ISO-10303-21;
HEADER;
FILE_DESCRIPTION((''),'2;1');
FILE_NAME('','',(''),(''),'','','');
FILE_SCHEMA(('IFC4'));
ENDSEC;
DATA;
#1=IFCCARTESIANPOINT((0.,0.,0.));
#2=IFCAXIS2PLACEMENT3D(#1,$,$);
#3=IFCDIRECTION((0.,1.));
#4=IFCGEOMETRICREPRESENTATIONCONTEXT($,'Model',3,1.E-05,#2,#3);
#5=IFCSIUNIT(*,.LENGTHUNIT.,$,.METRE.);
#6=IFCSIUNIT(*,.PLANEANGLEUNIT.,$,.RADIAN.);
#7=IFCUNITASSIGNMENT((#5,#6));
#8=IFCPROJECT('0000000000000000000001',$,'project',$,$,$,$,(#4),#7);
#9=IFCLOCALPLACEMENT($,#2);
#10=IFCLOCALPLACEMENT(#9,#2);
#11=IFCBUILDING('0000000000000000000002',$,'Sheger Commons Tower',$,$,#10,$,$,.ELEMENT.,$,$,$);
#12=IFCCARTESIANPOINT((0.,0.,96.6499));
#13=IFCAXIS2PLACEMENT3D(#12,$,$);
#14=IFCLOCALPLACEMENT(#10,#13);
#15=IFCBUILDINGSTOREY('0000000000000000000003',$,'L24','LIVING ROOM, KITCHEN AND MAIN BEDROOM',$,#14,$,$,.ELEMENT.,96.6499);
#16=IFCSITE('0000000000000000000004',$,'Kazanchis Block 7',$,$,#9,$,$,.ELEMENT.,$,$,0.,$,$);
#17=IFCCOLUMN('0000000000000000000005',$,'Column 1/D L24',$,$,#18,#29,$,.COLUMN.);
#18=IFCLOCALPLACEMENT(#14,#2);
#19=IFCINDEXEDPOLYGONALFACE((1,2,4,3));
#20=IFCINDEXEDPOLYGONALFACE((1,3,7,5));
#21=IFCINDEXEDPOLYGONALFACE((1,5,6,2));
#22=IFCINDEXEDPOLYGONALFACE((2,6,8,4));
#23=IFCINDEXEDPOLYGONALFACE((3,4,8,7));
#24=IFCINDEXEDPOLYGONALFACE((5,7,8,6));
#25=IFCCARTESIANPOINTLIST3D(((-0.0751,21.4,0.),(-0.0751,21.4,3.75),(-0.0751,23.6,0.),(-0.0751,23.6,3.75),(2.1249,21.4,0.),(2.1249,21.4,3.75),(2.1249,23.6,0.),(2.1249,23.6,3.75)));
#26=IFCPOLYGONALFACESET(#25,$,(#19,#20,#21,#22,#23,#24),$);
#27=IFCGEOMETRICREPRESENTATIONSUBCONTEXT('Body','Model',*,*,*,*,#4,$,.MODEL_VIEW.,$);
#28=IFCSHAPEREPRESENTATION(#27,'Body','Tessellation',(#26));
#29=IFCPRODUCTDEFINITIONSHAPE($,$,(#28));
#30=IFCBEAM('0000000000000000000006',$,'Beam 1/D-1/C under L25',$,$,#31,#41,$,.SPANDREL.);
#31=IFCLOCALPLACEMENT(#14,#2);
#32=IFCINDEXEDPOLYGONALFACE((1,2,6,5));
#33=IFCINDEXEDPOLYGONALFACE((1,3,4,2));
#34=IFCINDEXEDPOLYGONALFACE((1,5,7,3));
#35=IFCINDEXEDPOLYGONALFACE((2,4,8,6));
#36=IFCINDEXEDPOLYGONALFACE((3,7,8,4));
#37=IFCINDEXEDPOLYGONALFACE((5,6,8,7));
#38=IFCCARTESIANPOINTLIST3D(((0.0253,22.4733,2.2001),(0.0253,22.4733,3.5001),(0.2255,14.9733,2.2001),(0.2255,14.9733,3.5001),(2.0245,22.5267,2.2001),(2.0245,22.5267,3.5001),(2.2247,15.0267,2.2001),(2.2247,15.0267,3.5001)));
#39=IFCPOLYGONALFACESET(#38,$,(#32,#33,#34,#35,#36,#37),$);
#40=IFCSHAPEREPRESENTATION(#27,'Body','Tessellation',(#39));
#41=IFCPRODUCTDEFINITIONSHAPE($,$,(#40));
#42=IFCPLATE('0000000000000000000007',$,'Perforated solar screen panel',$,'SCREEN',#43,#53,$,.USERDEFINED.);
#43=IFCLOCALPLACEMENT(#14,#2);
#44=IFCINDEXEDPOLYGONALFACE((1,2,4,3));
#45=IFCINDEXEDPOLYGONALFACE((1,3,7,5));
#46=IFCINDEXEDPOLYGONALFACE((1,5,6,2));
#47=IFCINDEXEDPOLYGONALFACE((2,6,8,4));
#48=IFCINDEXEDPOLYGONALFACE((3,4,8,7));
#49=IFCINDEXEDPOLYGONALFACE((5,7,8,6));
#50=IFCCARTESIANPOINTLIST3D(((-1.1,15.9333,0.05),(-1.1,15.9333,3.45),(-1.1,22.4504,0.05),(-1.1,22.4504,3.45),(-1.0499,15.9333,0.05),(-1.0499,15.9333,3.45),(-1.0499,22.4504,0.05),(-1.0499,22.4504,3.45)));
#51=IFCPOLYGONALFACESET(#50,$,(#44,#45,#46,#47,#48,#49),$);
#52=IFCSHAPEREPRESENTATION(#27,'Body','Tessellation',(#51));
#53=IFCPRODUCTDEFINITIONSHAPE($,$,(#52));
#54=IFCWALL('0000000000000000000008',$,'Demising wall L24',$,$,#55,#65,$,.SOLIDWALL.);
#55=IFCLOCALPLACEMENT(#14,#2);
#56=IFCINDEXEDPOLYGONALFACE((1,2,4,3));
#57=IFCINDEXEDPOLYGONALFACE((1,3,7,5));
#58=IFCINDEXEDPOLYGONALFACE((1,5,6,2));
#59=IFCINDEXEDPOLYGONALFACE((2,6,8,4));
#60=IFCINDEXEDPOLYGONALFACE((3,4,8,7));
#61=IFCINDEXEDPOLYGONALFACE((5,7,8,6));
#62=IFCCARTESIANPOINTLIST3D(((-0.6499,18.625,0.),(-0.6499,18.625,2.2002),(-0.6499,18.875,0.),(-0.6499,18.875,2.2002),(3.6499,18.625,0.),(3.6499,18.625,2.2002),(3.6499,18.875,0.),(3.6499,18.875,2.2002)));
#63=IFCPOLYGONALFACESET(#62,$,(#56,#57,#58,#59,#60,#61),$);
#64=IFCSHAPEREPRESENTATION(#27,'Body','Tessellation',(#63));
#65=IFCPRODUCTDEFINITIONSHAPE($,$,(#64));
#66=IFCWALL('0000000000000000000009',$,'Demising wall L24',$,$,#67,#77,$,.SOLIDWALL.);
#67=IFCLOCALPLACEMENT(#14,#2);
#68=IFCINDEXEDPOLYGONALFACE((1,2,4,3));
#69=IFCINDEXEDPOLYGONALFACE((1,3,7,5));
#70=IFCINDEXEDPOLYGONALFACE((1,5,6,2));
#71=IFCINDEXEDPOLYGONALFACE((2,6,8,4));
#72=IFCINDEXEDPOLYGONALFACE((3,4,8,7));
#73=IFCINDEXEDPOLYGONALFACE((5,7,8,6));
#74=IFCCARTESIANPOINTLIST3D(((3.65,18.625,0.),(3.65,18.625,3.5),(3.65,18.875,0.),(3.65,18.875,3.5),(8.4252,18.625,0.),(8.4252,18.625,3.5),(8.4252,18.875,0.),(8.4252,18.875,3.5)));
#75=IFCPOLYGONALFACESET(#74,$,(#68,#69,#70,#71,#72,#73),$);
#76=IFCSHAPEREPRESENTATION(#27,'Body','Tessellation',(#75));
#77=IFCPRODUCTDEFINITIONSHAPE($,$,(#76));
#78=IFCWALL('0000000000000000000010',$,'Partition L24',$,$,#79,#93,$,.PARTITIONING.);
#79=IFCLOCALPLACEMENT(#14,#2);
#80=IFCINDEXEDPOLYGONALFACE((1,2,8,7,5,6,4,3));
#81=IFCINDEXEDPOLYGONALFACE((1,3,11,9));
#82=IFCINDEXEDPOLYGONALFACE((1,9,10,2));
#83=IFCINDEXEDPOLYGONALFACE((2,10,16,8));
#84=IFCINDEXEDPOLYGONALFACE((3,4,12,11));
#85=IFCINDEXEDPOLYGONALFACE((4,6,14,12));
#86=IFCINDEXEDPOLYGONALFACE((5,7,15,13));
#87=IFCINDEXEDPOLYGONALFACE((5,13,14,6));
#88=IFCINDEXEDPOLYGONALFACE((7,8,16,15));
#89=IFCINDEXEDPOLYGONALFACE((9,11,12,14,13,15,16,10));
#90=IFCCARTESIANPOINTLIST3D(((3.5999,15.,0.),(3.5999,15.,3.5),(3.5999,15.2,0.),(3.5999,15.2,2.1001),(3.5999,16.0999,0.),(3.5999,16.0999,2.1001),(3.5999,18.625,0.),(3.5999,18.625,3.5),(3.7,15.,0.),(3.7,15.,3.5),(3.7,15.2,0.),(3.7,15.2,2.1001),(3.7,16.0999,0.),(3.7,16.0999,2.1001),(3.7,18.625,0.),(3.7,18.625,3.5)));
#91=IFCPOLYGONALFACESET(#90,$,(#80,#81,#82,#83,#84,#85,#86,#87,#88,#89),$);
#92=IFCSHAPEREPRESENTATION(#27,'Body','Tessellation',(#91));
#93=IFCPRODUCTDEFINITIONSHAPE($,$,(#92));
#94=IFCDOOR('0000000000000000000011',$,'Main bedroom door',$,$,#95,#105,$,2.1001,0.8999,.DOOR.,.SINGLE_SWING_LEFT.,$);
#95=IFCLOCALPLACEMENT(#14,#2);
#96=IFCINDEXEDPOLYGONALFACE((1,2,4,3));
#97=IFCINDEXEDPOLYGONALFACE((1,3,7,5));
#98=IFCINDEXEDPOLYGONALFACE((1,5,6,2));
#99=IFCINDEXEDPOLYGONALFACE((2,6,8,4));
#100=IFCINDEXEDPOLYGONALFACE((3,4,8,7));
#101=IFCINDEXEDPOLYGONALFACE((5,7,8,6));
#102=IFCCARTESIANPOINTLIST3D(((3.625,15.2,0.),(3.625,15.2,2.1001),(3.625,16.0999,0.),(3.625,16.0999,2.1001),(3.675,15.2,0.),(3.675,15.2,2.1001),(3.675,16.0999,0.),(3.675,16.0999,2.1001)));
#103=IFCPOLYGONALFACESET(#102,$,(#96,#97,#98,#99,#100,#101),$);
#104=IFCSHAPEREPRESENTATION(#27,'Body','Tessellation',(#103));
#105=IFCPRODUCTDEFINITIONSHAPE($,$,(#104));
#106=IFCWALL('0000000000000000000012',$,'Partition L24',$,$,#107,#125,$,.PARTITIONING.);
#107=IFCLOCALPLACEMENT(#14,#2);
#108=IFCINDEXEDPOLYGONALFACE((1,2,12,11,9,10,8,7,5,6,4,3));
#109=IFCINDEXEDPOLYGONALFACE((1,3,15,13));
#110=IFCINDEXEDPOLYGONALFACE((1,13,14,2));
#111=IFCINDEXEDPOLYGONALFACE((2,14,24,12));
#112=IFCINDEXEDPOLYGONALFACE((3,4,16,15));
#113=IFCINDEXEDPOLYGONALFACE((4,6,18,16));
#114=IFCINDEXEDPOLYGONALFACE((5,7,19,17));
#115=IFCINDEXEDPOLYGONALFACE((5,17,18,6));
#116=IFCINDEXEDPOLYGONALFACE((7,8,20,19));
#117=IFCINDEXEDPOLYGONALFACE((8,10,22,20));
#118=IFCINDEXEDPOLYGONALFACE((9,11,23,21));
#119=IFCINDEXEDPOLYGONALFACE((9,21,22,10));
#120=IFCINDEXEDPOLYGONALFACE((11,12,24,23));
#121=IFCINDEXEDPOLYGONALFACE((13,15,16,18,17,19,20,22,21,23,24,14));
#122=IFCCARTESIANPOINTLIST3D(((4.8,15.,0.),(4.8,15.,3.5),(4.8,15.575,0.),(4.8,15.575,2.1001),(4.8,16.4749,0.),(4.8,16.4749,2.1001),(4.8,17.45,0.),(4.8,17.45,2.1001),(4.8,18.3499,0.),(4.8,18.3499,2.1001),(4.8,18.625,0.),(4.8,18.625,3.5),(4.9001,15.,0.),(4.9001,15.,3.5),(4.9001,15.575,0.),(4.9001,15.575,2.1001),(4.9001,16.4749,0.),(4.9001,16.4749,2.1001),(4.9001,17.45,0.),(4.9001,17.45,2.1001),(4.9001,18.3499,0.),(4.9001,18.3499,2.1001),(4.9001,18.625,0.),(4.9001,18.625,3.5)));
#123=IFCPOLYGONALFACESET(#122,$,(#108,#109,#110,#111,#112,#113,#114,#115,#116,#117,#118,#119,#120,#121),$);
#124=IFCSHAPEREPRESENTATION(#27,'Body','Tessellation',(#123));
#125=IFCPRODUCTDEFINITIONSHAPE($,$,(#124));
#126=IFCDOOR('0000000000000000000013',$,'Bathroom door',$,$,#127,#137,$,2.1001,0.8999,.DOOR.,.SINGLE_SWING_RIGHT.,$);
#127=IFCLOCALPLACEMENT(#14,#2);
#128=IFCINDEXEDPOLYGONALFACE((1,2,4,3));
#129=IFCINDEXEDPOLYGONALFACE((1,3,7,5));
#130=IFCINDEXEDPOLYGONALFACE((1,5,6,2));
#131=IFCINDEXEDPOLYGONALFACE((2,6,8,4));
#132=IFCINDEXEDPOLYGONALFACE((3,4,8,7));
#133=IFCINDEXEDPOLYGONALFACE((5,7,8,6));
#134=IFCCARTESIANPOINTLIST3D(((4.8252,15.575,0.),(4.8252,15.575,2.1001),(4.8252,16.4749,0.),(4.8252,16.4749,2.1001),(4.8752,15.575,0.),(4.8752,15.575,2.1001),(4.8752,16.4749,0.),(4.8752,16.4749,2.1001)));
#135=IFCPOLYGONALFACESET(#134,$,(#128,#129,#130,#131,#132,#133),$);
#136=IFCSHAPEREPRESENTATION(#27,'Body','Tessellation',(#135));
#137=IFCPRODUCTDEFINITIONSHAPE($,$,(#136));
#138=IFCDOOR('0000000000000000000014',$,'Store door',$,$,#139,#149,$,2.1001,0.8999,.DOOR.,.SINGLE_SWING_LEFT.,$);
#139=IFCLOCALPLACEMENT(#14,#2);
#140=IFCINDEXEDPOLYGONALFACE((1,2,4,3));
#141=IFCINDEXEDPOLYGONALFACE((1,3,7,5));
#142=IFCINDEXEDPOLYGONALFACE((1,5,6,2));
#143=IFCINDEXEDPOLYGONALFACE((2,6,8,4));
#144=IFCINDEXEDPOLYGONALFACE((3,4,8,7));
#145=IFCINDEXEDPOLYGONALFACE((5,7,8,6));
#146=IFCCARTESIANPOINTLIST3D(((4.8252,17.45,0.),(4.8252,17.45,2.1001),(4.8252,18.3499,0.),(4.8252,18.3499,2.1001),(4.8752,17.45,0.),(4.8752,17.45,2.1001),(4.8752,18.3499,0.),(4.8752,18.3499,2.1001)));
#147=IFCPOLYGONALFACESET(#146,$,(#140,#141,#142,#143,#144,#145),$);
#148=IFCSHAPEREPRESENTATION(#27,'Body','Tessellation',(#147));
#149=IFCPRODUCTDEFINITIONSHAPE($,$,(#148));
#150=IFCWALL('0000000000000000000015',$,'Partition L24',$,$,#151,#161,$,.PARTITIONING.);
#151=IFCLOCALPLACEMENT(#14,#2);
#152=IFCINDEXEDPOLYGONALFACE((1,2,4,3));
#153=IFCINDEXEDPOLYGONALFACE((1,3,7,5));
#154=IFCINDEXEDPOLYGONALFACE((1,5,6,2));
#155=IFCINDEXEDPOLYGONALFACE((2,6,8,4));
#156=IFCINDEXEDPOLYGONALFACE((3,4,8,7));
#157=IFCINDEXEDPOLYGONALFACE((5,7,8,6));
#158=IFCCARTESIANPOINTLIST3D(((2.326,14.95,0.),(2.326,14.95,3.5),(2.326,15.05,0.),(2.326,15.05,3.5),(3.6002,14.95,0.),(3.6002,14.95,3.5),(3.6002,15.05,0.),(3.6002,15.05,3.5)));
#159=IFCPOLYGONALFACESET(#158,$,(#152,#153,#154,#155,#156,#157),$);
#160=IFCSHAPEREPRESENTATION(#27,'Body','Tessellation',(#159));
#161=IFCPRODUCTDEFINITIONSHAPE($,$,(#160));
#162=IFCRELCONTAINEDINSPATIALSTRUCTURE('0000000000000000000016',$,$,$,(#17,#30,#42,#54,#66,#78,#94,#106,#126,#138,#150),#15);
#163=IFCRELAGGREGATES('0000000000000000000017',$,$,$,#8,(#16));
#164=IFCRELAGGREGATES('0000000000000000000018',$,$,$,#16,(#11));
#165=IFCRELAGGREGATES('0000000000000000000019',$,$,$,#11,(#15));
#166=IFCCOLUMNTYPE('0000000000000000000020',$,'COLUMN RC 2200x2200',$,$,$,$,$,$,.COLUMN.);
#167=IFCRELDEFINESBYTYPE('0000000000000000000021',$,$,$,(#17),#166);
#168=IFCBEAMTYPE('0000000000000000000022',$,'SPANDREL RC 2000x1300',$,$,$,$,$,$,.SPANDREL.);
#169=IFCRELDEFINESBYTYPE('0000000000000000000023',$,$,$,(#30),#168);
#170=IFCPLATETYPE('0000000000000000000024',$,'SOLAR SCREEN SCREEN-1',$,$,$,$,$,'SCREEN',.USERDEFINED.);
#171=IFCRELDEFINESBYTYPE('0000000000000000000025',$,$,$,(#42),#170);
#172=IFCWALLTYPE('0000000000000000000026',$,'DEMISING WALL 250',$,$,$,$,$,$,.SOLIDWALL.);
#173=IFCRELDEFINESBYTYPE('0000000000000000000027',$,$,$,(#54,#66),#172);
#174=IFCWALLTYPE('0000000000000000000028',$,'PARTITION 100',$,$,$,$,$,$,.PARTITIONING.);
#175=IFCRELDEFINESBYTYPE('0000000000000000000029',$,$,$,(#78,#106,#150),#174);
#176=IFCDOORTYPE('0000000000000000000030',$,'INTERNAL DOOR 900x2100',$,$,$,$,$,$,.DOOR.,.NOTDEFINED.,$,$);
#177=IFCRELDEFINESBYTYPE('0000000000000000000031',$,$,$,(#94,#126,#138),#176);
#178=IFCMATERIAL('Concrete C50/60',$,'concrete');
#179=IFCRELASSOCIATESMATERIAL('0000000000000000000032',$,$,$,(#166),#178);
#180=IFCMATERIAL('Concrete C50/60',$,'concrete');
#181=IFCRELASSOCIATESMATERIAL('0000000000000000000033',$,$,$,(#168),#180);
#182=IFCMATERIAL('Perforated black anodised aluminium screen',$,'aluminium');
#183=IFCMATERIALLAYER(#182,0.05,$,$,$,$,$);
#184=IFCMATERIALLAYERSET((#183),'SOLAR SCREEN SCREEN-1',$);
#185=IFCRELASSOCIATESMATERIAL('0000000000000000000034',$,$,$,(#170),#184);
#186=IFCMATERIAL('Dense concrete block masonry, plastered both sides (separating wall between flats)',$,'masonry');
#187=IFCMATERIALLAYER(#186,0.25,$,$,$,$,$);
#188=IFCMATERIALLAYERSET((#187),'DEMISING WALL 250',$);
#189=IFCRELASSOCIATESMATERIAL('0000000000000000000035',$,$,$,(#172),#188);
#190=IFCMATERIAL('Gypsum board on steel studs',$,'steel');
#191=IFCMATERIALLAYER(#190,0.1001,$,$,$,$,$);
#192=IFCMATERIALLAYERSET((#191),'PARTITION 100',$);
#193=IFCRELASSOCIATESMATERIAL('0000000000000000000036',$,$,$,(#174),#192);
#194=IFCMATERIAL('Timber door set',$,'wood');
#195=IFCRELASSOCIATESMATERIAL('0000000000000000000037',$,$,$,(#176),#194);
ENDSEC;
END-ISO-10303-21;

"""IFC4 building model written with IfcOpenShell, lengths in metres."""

from ifc_helpers import new_model, si_unit, direction, frame, frame_2d, origin, origin_2d, place, context, subcontext, project, spatial, rectangle, extrude, material, layer, layer_set, material_profile, profile_set, type_object, element, fill, save


model = new_model("IFC4")

# Units and contexts
model_context = context("Model", 3, precision=1e-05, world=origin(), true_north=direction((0.0, 1.0)))
body_context = subcontext(model_context, "Body", "Model", "MODEL_VIEW")
ifc_project = project(units=[si_unit("LENGTHUNIT", "METRE"), si_unit("PLANEANGLEUNIT", "RADIAN")], contexts=[model_context])

# Site, building, storey
site_placement = place(None, origin())
site = spatial("IfcSite", under=ifc_project, at=site_placement, Name="Kazanchis Block 7", CompositionType="ELEMENT", RefElevation=0.0)
building_placement = place(site_placement, origin())
building = spatial("IfcBuilding", under=site, at=building_placement, Name="Sheger Commons Tower", CompositionType="ELEMENT")
storey_placement = place(building_placement, frame((0.0, 0.0, 96.6499)))
storey = spatial("IfcBuildingStorey", under=building, at=storey_placement, Name="L24", Description="LIVING ROOM, KITCHEN AND MAIN BEDROOM", CompositionType="ELEMENT", Elevation=96.6499)

# Column
ifc_material_1 = material(Name="Concrete C50/60", Category="concrete")
ifc_material_profile_1 = material_profile(ifc_material_1, rectangle(XDim=2.2, YDim=2.2, at=origin_2d()), Name="RC 2200x2200")
ifc_profile_set_1 = profile_set([ifc_material_profile_1], Name="Concrete C50/60")
column_type = type_object("IfcColumnType", Name="COLUMN RC 2200x2200", PredefinedType="COLUMN", material=ifc_profile_set_1)
column_placement = place(storey_placement, frame((1.0249, 22.5, 0.0), z_axis=(0.0, 0.0, 1.0), x_axis=(1.0, 0.0, 0.0)))
element("IfcColumn", 1, at=column_placement, inside=storey, type_object=column_type, Name="Column 1/D L24", PredefinedType="COLUMN", context=body_context, shape_type="SweptSolid", body=[
    extrude(rectangle(XDim=2.2, YDim=2.2, at=origin_2d()), origin(), (0.0, 0.0, 1.0), 3.75),
])

# Beam
ifc_material_2 = material(Name="Concrete C50/60", Category="concrete")
ifc_material_profile_2 = material_profile(ifc_material_2, rectangle(XDim=2.0, YDim=1.3, at=origin_2d()), Name="RC 2000x1300")
ifc_profile_set_2 = profile_set([ifc_material_profile_2], Name="Concrete C50/60")
beam_type = type_object("IfcBeamType", Name="SPANDREL RC 2000x1300", PredefinedType="SPANDREL", material=ifc_profile_set_2)
beam_placement = place(storey_placement, frame((1.0249, 22.5, 2.8501), z_axis=(0.026683, -0.999644, 0.0), x_axis=(0.999644, 0.026683, 0.0)))
element("IfcBeam", 2, at=beam_placement, inside=storey, type_object=beam_type, Name="Beam 1/D-1/C under L25", PredefinedType="SPANDREL", context=body_context, shape_type="SweptSolid", body=[
    extrude(rectangle(XDim=2.0, YDim=1.3, at=origin_2d()), origin(), (0.0, 0.0, 1.0), 7.5027),
])

# Plate
ifc_material_3 = material(Name="Perforated black anodised aluminium screen", Category="aluminium")
ifc_layer_1 = layer(ifc_material_3, 0.05)
ifc_layer_set_1 = layer_set([ifc_layer_1], Name="SOLAR SCREEN SCREEN-1")
plate_type = type_object("IfcPlateType", Name="SOLAR SCREEN SCREEN-1", ElementType="SCREEN", PredefinedType="USERDEFINED", material=ifc_layer_set_1)
plate_placement = place(storey_placement, frame((-1.075, 19.1919, 0.05), z_axis=(0.0, 0.0, 1.0), x_axis=(0.0, -1.0, 0.0)))
element("IfcPlate", 3, at=plate_placement, inside=storey, type_object=plate_type, Name="Perforated solar screen panel", ObjectType="SCREEN", PredefinedType="USERDEFINED", context=body_context, shape_type="SweptSolid", body=[
    extrude(rectangle(XDim=6.5171, YDim=0.05, at=origin_2d()), origin(), (0.0, 0.0, 1.0), 3.3999),
])

# Walls
ifc_material_4 = material(Name="Dense concrete block masonry, plastered both sides (separating wall between flats)", Category="masonry")
ifc_layer_2 = layer(ifc_material_4, 0.25)
ifc_layer_set_2 = layer_set([ifc_layer_2], Name="DEMISING WALL 250")
wall_type_1 = type_object("IfcWallType", Name="DEMISING WALL 250", PredefinedType="SOLIDWALL", material=ifc_layer_set_2)
wall_1_placement = place(storey_placement, frame((-0.6499, 18.75, 0.0), z_axis=(0.0, 0.0, 1.0), x_axis=(1.0, 0.0, 0.0)))
element("IfcWall", 4, at=wall_1_placement, inside=storey, type_object=wall_type_1, Name="Demising wall L24", PredefinedType="SOLIDWALL", context=body_context, shape_type="SweptSolid", body=[
    extrude(rectangle(XDim=4.2998, YDim=0.25, at=frame_2d((2.1499, 0.0))), origin(), (0.0, 0.0, 1.0), 2.2002),
])
wall_2_placement = place(storey_placement, frame((3.6499, 18.75, 0.0), z_axis=(0.0, 0.0, 1.0), x_axis=(1.0, 0.0, 0.0)))
element("IfcWall", 5, at=wall_2_placement, inside=storey, type_object=wall_type_1, Name="Demising wall L24", PredefinedType="SOLIDWALL", context=body_context, shape_type="SweptSolid", body=[
    extrude(rectangle(XDim=4.7751, YDim=0.25, at=frame_2d((2.3877, 0.0))), origin(), (0.0, 0.0, 1.0), 3.5),
])

# Wall, opening, door
ifc_material_5 = material(Name="Gypsum board on steel studs", Category="steel")
ifc_layer_3 = layer(ifc_material_5, 0.1001)
ifc_layer_set_3 = layer_set([ifc_layer_3], Name="PARTITION 100")
wall_type_2 = type_object("IfcWallType", Name="PARTITION 100", PredefinedType="PARTITIONING", material=ifc_layer_set_3)
wall_3_placement = place(storey_placement, frame((3.6499, 15.0, 0.0), z_axis=(0.0, 0.0, 1.0), x_axis=(0.0, 1.0, 0.0)))
wall_3 = element("IfcWall", 6, at=wall_3_placement, inside=storey, type_object=wall_type_2, Name="Partition L24", PredefinedType="PARTITIONING", context=body_context, shape_type="SweptSolid", body=[
    extrude(rectangle(XDim=3.625, YDim=0.1001, at=frame_2d((1.8125, 0.0))), origin(), (0.0, 0.0, 1.0), 3.5),
])
opening_1_placement = place(wall_3_placement, frame((0.2, 0.0, 0.0)))
opening_1 = element("IfcOpeningElement", 7, at=opening_1_placement, cuts=wall_3, PredefinedType="OPENING", context=body_context, shape_type="SweptSolid", body=[
    extrude(rectangle(XDim=0.8999, YDim=2.1001, at=frame_2d((0.45, 1.05))), frame((0.0, 0.0601, 0.0), z_axis=(0.0, -1.0, 0.0), x_axis=(1.0, 0.0, 0.0)), (0.0, 0.0, 1.0), 0.1201),
])
ifc_material_6 = material(Name="Timber door set", Category="wood")
door_type = type_object("IfcDoorType", Name="INTERNAL DOOR 900x2100", OperationType="NOTDEFINED", PredefinedType="DOOR", material=ifc_material_6)
door_1_placement = place(opening_1_placement, origin())
door_1 = element("IfcDoor", 8, at=door_1_placement, inside=storey, type_object=door_type, Name="Main bedroom door", OperationType="SINGLE_SWING_LEFT", OverallHeight=2.1001, OverallWidth=0.8999, PredefinedType="DOOR", context=body_context, shape_type="SweptSolid", body=[
    extrude(rectangle(XDim=0.8999, YDim=2.1001, at=frame_2d((0.45, 1.05))), frame((0.0, 0.0249, 0.0), z_axis=(0.0, -1.0, 0.0), x_axis=(1.0, 0.0, 0.0)), (0.0, 0.0, 1.0), 0.05),
])
fill(opening_1, door_1)

# Wall, openings, doors
wall_4_placement = place(storey_placement, frame((4.8501, 15.0, 0.0), z_axis=(0.0, 0.0, 1.0), x_axis=(0.0, 1.0, 0.0)))
wall_4 = element("IfcWall", 9, at=wall_4_placement, inside=storey, type_object=wall_type_2, Name="Partition L24", PredefinedType="PARTITIONING", context=body_context, shape_type="SweptSolid", body=[
    extrude(rectangle(XDim=3.625, YDim=0.1001, at=frame_2d((1.8125, 0.0))), origin(), (0.0, 0.0, 1.0), 3.5),
])
opening_2_placement = place(wall_4_placement, frame((0.575, 0.0, 0.0)))
opening_2 = element("IfcOpeningElement", 10, at=opening_2_placement, cuts=wall_4, PredefinedType="OPENING", context=body_context, shape_type="SweptSolid", body=[
    extrude(rectangle(XDim=0.8999, YDim=2.1001, at=frame_2d((0.45, 1.05))), frame((0.0, 0.0601, 0.0), z_axis=(0.0, -1.0, 0.0), x_axis=(1.0, 0.0, 0.0)), (0.0, 0.0, 1.0), 0.1201),
])
opening_3_placement = place(wall_4_placement, frame((2.45, 0.0, 0.0)))
opening_3 = element("IfcOpeningElement", 11, at=opening_3_placement, cuts=wall_4, PredefinedType="OPENING", context=body_context, shape_type="SweptSolid", body=[
    extrude(rectangle(XDim=0.8999, YDim=2.1001, at=frame_2d((0.45, 1.05))), frame((0.0, 0.0601, 0.0), z_axis=(0.0, -1.0, 0.0), x_axis=(1.0, 0.0, 0.0)), (0.0, 0.0, 1.0), 0.1201),
])
door_2_placement = place(opening_2_placement, origin())
door_2 = element("IfcDoor", 12, at=door_2_placement, inside=storey, type_object=door_type, Name="Bathroom door", OperationType="SINGLE_SWING_RIGHT", OverallHeight=2.1001, OverallWidth=0.8999, PredefinedType="DOOR", context=body_context, shape_type="SweptSolid", body=[
    extrude(rectangle(XDim=0.8999, YDim=2.1001, at=frame_2d((0.45, 1.05))), frame((0.0, 0.0249, 0.0), z_axis=(0.0, -1.0, 0.0), x_axis=(1.0, 0.0, 0.0)), (0.0, 0.0, 1.0), 0.05),
])
fill(opening_2, door_2)
door_3_placement = place(opening_3_placement, origin())
door_3 = element("IfcDoor", 13, at=door_3_placement, inside=storey, type_object=door_type, Name="Store door", OperationType="SINGLE_SWING_LEFT", OverallHeight=2.1001, OverallWidth=0.8999, PredefinedType="DOOR", context=body_context, shape_type="SweptSolid", body=[
    extrude(rectangle(XDim=0.8999, YDim=2.1001, at=frame_2d((0.45, 1.05))), frame((0.0, 0.0249, 0.0), z_axis=(0.0, -1.0, 0.0), x_axis=(1.0, 0.0, 0.0)), (0.0, 0.0, 1.0), 0.05),
])
fill(opening_3, door_3)

# Wall
wall_5_placement = place(storey_placement, frame((2.3259, 15.0, 0.0), z_axis=(0.0, 0.0, 1.0), x_axis=(1.0, 0.0, 0.0)))
element("IfcWall", 14, at=wall_5_placement, inside=storey, type_object=wall_type_2, Name="Partition L24", PredefinedType="PARTITIONING", context=body_context, shape_type="SweptSolid", body=[
    extrude(rectangle(XDim=1.2742, YDim=0.1001, at=frame_2d((0.6372, 0.0))), origin(), (0.0, 0.0, 1.0), 3.5),
])

save(model, "model.ifc")
